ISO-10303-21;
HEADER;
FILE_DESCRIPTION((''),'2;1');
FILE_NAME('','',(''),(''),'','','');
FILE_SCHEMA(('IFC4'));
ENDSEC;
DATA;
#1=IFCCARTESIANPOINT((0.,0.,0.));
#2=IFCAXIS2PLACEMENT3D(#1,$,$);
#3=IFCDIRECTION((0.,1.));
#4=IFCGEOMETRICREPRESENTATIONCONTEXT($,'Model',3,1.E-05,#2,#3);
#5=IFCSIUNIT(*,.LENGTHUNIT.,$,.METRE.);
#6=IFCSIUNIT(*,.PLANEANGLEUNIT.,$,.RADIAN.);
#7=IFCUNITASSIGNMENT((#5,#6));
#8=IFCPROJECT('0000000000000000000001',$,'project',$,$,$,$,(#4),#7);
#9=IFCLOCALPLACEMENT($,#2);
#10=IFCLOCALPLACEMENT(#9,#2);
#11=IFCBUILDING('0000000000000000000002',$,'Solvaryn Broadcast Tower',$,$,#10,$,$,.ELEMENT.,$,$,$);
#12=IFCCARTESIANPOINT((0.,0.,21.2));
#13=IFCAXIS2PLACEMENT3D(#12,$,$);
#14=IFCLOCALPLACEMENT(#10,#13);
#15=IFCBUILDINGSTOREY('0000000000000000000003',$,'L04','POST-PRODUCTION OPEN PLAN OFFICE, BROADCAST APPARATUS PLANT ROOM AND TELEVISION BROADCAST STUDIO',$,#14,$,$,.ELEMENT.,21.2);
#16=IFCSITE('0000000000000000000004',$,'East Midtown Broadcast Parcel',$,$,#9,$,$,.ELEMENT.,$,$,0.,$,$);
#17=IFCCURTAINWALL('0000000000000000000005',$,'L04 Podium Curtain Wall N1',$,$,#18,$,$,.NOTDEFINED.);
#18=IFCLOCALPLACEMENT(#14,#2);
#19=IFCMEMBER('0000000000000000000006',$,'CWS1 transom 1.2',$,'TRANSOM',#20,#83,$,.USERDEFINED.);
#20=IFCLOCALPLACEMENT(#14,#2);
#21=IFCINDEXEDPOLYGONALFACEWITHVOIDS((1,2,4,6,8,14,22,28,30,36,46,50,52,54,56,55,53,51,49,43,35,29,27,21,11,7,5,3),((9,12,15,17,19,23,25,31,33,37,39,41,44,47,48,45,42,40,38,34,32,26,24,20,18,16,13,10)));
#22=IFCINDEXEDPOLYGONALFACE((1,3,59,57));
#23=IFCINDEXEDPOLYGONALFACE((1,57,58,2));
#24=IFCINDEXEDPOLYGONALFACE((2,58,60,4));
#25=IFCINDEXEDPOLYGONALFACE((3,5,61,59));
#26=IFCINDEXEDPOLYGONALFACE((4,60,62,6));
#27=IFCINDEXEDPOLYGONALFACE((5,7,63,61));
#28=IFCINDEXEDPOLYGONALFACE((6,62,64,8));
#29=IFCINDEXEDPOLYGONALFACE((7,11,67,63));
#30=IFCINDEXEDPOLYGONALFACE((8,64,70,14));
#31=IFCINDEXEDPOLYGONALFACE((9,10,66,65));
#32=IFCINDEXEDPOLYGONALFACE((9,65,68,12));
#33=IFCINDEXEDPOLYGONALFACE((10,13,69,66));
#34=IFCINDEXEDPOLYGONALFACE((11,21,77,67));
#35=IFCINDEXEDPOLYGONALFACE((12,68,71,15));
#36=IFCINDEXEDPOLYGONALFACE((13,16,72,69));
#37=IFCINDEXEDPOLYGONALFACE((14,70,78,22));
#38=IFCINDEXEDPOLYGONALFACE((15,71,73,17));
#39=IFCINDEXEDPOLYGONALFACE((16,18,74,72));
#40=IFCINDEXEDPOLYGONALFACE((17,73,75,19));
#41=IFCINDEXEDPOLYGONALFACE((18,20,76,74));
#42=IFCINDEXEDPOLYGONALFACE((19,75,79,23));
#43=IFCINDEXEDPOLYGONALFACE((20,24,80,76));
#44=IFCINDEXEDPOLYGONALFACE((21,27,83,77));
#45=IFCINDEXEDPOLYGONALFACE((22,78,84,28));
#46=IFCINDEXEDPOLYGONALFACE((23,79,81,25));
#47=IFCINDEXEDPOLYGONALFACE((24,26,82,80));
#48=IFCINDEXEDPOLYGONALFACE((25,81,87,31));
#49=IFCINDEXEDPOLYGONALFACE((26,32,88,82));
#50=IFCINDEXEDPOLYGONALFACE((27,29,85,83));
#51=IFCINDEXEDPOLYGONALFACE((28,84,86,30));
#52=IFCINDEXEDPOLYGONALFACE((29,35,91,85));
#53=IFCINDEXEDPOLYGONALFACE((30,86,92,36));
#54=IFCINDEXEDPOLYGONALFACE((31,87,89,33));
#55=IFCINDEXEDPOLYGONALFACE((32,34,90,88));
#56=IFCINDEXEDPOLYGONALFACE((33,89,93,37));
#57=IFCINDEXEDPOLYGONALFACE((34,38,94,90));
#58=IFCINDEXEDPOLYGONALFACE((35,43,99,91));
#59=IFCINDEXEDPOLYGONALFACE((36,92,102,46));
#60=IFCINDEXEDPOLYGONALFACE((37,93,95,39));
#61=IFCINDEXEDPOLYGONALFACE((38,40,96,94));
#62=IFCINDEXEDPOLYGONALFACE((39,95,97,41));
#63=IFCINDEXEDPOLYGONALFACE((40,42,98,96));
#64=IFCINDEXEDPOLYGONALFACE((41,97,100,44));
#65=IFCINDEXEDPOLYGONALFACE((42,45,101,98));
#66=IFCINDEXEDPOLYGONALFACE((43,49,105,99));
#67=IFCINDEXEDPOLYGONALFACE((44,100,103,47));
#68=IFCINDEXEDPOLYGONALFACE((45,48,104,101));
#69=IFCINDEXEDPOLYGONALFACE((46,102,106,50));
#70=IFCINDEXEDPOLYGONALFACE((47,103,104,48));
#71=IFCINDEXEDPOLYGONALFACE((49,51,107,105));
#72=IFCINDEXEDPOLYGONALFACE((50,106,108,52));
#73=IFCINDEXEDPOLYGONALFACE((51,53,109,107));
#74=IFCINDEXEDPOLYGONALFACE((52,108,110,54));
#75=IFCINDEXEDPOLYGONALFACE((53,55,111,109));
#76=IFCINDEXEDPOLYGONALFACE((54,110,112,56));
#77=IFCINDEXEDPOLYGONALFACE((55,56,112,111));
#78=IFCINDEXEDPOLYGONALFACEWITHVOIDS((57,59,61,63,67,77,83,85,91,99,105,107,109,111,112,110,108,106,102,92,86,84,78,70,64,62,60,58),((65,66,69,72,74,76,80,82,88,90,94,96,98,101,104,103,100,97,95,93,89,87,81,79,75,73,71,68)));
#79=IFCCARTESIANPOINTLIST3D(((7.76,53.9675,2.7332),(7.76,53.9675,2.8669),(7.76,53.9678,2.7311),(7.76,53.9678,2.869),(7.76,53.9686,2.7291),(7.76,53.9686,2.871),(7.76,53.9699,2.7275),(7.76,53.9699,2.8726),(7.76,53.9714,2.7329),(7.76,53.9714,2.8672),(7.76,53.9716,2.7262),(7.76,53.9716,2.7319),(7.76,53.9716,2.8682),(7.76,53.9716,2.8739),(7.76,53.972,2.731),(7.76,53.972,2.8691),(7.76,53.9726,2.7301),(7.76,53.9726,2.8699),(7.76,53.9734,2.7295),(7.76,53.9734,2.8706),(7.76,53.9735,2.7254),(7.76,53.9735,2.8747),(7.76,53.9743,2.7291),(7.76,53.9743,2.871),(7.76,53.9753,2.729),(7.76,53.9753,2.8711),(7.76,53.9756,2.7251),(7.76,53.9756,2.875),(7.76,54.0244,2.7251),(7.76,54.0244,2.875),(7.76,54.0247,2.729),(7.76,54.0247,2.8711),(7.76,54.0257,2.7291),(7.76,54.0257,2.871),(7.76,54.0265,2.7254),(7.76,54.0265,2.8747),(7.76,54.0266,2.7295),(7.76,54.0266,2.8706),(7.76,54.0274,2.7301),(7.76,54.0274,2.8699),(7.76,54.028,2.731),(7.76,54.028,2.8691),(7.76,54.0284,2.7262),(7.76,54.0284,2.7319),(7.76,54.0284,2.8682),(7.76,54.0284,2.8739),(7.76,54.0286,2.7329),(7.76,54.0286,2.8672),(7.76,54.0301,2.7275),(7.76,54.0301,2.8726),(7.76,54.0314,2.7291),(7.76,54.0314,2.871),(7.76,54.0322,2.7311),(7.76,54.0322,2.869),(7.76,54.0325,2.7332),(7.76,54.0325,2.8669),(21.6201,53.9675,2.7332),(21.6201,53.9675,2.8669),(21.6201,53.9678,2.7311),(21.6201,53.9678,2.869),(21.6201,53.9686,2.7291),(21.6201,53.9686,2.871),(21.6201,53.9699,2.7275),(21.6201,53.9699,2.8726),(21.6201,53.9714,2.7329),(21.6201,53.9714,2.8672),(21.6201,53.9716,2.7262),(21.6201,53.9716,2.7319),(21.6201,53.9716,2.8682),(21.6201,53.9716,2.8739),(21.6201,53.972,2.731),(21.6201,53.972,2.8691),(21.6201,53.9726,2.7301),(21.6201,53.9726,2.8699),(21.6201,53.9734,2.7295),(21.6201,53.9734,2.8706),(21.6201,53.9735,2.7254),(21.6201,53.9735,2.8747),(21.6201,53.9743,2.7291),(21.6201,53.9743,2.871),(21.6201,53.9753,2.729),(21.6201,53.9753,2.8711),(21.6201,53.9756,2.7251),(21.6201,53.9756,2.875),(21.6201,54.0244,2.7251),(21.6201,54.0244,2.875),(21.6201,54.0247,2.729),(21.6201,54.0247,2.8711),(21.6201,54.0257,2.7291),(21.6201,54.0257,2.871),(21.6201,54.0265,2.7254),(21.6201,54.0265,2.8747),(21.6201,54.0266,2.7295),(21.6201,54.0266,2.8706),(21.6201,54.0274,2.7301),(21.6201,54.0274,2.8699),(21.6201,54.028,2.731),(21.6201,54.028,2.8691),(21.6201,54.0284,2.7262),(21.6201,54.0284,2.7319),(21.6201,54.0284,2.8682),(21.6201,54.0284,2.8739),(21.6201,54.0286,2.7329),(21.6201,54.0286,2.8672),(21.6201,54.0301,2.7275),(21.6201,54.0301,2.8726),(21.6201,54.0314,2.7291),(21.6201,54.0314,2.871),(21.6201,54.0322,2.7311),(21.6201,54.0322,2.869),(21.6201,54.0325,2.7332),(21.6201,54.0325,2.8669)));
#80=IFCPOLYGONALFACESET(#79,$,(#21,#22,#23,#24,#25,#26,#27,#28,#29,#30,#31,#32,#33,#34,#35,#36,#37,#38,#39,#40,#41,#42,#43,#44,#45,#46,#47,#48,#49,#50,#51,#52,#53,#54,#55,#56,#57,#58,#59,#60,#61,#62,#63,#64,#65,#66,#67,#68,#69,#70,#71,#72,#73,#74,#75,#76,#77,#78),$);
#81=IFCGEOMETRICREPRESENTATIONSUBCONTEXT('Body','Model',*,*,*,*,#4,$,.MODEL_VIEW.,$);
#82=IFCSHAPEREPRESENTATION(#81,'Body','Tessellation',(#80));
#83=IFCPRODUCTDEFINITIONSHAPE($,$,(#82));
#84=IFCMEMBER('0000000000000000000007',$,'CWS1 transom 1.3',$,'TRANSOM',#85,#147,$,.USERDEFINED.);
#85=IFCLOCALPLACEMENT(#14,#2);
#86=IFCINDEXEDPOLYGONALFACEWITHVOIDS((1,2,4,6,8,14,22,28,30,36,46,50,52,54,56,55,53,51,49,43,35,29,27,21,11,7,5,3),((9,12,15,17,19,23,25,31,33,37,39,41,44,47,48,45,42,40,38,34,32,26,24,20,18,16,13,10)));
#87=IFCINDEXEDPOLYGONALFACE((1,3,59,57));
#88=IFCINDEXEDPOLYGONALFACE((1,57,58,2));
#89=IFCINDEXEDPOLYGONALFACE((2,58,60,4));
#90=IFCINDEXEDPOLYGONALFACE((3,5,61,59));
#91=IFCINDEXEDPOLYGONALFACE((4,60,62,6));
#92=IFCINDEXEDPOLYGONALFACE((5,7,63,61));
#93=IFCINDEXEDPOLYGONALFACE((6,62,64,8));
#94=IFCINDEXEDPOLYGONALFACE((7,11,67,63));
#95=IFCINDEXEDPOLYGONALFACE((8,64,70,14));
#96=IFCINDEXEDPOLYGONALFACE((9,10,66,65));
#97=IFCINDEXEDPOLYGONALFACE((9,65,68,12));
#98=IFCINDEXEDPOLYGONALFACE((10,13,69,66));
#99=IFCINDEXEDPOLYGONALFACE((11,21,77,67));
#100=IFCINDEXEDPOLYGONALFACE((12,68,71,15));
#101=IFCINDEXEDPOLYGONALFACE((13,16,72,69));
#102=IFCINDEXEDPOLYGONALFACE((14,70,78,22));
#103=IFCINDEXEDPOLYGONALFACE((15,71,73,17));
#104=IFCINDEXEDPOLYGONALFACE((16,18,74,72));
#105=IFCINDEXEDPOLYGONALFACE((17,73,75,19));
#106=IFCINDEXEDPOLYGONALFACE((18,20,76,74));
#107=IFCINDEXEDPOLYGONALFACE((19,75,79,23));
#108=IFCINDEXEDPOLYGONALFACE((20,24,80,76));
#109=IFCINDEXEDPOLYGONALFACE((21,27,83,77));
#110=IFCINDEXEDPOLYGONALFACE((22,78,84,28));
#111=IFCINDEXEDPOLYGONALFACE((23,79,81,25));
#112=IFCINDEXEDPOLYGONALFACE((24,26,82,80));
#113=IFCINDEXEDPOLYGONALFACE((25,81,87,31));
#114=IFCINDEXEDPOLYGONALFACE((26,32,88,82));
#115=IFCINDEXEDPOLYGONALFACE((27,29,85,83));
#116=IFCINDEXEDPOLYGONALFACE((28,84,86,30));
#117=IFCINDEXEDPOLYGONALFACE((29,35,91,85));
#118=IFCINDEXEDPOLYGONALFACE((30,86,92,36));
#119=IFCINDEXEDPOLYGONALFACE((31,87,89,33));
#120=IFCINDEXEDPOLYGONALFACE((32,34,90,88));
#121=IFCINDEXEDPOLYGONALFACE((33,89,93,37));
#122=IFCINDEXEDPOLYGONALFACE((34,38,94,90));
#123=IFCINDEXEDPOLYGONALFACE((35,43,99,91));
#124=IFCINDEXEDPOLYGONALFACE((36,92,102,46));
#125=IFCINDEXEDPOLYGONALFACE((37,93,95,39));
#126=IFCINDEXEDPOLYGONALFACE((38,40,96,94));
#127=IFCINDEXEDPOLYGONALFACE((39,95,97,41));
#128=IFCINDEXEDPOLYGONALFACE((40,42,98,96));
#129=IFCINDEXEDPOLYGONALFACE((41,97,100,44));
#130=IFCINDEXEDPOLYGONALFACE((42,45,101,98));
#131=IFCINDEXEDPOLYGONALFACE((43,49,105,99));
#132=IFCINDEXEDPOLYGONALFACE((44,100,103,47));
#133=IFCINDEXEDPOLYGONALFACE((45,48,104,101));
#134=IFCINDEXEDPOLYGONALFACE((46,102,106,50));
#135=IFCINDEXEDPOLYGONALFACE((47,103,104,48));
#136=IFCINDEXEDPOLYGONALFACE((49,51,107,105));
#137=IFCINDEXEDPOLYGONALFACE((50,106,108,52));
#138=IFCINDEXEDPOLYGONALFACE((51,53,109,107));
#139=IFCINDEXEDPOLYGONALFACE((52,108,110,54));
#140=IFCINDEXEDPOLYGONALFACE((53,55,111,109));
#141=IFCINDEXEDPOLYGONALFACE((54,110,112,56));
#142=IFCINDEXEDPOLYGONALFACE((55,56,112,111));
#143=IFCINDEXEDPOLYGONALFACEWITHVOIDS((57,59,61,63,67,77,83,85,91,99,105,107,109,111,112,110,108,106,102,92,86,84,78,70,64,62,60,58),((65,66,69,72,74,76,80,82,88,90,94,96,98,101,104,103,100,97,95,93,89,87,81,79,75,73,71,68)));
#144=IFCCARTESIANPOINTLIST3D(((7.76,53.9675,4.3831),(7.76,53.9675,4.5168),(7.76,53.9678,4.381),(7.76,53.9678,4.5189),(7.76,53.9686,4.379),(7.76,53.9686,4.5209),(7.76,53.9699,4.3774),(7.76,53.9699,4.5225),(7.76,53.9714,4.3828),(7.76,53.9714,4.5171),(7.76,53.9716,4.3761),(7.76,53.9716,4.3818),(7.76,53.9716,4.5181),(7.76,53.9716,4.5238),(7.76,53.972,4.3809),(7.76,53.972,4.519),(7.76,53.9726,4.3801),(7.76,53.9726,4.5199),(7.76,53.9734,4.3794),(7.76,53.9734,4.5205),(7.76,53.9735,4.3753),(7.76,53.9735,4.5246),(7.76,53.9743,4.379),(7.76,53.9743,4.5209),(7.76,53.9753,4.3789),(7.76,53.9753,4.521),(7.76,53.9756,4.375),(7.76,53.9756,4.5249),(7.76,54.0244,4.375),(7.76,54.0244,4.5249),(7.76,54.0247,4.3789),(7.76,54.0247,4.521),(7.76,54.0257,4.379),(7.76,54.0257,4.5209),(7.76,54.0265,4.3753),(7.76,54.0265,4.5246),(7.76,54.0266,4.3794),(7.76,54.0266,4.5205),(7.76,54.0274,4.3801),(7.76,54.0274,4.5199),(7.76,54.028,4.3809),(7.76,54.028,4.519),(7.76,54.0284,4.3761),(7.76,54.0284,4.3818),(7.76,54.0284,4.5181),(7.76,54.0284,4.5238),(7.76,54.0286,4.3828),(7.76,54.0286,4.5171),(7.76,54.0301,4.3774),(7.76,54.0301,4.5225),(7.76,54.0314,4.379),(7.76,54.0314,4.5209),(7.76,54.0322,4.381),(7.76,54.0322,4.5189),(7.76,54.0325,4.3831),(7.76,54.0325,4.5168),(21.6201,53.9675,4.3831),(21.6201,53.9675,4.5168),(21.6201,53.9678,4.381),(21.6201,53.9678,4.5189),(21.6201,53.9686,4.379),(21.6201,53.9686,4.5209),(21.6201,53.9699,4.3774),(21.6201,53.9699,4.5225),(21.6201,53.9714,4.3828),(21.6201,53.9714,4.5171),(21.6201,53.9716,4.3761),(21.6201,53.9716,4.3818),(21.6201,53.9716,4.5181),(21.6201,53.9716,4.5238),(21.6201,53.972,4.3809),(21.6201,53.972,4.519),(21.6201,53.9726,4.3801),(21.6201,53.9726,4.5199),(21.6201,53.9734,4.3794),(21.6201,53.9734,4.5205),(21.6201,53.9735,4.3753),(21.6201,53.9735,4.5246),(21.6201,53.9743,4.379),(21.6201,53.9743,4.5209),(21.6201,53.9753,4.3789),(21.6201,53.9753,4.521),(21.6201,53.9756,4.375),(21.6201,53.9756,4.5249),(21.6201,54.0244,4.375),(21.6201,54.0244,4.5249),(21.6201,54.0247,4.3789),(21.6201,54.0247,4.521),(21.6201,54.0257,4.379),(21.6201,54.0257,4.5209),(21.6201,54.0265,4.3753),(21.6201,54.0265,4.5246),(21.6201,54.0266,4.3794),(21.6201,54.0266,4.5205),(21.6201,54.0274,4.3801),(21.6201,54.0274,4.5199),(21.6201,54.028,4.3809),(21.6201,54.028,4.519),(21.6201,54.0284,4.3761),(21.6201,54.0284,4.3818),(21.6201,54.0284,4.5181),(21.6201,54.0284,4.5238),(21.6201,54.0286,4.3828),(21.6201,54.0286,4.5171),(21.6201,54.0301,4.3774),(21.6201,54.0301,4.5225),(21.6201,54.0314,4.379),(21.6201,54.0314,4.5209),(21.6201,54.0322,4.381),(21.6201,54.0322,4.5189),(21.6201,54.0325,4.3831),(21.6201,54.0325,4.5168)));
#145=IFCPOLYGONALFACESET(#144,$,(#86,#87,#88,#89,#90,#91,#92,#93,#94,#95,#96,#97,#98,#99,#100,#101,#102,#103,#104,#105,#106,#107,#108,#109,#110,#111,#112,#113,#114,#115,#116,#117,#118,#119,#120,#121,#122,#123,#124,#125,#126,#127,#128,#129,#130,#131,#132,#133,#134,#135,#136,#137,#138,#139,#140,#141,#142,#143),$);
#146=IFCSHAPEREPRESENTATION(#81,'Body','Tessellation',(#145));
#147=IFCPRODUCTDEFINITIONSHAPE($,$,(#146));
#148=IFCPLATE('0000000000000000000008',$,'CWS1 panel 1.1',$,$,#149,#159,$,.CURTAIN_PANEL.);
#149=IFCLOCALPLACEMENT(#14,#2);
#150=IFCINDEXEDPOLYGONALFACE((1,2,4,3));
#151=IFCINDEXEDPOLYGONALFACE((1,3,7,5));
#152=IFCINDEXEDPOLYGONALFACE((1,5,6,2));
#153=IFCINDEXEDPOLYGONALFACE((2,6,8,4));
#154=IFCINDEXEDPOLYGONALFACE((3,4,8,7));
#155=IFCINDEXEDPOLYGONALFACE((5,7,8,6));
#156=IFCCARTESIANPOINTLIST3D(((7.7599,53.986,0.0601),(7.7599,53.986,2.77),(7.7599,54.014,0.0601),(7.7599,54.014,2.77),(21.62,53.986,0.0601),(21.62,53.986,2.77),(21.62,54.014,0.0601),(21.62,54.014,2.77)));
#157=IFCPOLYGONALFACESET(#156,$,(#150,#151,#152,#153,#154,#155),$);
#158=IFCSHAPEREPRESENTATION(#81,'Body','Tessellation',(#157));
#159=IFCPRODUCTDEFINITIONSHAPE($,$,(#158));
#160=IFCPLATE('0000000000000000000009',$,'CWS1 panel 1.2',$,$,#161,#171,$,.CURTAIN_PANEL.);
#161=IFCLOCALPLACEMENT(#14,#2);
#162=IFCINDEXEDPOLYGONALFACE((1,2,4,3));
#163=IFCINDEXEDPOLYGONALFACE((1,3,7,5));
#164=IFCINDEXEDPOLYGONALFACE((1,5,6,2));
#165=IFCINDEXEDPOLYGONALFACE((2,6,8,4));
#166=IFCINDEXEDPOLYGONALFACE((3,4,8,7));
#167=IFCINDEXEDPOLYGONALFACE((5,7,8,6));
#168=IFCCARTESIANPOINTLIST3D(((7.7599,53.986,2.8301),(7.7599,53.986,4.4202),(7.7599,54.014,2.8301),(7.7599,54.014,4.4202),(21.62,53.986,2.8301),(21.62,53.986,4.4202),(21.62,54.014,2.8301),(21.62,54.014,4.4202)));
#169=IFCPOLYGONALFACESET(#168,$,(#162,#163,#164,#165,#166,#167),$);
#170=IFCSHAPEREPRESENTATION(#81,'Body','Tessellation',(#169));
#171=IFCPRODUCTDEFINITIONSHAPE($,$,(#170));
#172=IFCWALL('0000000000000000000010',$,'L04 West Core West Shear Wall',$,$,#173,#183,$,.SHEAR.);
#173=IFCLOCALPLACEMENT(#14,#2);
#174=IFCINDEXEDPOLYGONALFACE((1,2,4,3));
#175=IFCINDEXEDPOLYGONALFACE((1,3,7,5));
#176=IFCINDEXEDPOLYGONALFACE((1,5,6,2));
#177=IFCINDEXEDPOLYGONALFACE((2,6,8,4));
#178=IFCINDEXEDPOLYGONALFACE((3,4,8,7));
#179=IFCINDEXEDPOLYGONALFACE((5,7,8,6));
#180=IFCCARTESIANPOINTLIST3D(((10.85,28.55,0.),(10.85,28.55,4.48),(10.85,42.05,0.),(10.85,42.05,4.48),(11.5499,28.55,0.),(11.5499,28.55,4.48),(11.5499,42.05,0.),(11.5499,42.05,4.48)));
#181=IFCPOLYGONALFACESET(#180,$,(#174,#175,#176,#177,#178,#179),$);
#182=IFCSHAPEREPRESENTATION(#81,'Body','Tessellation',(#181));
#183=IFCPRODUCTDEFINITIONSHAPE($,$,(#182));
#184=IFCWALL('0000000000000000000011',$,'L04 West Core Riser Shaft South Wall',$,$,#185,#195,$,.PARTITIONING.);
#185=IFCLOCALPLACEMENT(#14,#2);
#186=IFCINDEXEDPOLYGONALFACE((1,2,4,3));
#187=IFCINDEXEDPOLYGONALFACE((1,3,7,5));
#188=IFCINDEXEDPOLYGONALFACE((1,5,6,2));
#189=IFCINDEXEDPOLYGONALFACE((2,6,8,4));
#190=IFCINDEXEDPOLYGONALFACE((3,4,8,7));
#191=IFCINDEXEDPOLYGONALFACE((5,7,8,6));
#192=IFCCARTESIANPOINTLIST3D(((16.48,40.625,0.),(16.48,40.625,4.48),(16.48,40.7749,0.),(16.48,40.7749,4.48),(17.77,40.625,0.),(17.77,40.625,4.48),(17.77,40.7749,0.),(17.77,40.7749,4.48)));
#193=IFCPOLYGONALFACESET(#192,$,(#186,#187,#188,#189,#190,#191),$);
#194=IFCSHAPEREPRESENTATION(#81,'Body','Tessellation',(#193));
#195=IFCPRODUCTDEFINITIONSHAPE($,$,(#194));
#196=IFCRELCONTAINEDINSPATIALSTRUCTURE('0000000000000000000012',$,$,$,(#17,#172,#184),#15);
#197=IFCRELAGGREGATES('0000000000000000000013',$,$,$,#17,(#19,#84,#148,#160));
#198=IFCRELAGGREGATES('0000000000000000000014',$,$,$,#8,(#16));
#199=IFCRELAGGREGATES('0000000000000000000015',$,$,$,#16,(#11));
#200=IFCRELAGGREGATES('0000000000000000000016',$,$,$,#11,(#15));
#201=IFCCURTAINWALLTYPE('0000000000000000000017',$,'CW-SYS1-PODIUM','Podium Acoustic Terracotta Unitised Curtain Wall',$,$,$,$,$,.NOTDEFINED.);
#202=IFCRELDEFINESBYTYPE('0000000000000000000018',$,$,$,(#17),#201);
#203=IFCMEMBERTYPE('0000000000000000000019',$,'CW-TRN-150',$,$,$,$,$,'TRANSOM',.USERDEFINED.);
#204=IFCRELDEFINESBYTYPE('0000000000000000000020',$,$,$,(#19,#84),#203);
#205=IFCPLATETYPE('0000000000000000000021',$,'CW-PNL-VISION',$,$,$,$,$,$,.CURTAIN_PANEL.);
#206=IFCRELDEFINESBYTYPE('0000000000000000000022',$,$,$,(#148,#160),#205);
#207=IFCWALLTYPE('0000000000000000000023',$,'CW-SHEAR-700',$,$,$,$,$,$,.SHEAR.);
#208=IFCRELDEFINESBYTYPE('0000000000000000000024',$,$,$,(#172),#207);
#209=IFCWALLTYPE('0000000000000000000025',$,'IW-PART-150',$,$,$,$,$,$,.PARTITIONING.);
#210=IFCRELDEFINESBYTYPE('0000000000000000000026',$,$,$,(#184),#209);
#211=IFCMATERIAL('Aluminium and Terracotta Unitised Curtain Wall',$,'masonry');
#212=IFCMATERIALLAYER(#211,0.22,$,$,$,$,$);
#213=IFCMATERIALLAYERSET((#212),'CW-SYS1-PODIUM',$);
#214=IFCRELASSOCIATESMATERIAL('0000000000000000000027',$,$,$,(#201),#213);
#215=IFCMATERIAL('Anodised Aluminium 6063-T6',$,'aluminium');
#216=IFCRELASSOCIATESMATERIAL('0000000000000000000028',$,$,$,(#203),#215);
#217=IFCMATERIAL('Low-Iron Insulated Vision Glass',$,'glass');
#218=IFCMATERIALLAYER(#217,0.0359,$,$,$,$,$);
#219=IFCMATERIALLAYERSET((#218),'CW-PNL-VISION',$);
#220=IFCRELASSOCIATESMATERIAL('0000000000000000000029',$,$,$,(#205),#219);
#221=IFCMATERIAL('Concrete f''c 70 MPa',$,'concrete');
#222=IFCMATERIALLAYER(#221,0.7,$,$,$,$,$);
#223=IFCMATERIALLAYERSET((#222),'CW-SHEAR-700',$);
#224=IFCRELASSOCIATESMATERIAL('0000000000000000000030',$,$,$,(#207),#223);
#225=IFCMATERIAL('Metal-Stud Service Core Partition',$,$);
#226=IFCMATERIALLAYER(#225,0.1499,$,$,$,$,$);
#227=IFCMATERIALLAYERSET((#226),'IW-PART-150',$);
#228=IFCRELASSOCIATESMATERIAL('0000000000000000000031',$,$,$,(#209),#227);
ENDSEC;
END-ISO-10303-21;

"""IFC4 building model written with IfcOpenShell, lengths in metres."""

from ifc_helpers import new_model, si_unit, direction, frame, frame_2d, origin, origin_2d, place, context, subcontext, project, spatial, rectangle, hollow_rectangle, extrude, material, layer, layer_set, material_profile, profile_set, type_object, element, aggregate, save


model = new_model("IFC4")

# Units and contexts
model_context = context("Model", 3, precision=1e-05, world=origin(), true_north=direction((0.0, 1.0)))
body_context = subcontext(model_context, "Body", "Model", "MODEL_VIEW")
ifc_project = project(units=[si_unit("LENGTHUNIT", "METRE"), si_unit("PLANEANGLEUNIT", "RADIAN")], contexts=[model_context])

# Site, building, storey
site_placement = place(None, origin())
site = spatial("IfcSite", under=ifc_project, at=site_placement, Name="East Midtown Broadcast Parcel", CompositionType="ELEMENT", RefElevation=0.0)
building_placement = place(site_placement, origin())
building = spatial("IfcBuilding", under=site, at=building_placement, Name="Solvaryn Broadcast Tower", CompositionType="ELEMENT")
storey_placement = place(building_placement, frame((0.0, 0.0, 21.2)))
storey = spatial("IfcBuildingStorey", under=building, at=storey_placement, Name="L04", Description="POST-PRODUCTION OPEN PLAN OFFICE, BROADCAST APPARATUS PLANT ROOM AND TELEVISION BROADCAST STUDIO", CompositionType="ELEMENT", Elevation=21.2)

# Curtain wall, members, plates
ifc_material_1 = material(Name="Aluminium and Terracotta Unitised Curtain Wall", Category="masonry")
ifc_layer_1 = layer(ifc_material_1, 0.22)
ifc_layer_set_1 = layer_set([ifc_layer_1], Name="CW-SYS1-PODIUM")
curtain_wall_type = type_object("IfcCurtainWallType", Name="CW-SYS1-PODIUM", Description="Podium Acoustic Terracotta Unitised Curtain Wall", PredefinedType="NOTDEFINED", material=ifc_layer_set_1)
curtain_wall_placement = place(storey_placement, origin())
curtain_wall = element("IfcCurtainWall", 1, at=curtain_wall_placement, inside=storey, type_object=curtain_wall_type, Name="L04 Podium Curtain Wall N1", PredefinedType="NOTDEFINED")
ifc_material_2 = material(Name="Anodised Aluminium 6063-T6", Category="aluminium")
ifc_material_profile_1 = material_profile(ifc_material_2, hollow_rectangle(XDim=0.0649, YDim=0.1499, WallThickness=0.0039, InnerFilletRadius=0.0039, OuterFilletRadius=0.0081, at=origin_2d()))
ifc_profile_set_1 = profile_set([ifc_material_profile_1], Name="Anodised Aluminium 6063-T6")
member_type_1 = type_object("IfcMemberType", Name="CW-TRN-150", ElementType="TRANSOM", PredefinedType="USERDEFINED", material=ifc_profile_set_1)
member_1_placement = place(storey_placement, frame((7.76, 54.0, 2.8), z_axis=(1.0, 0.0, 0.0), x_axis=(0.0, 1.0, 0.0)))
member_1 = element("IfcMember", 2, at=member_1_placement, type_object=member_type_1, Name="CWS1 transom 1.2", ObjectType="TRANSOM", PredefinedType="USERDEFINED", context=body_context, shape_type="SweptSolid", body=[
    extrude(hollow_rectangle(XDim=0.0649, YDim=0.1499, WallThickness=0.0039, InnerFilletRadius=0.0039, OuterFilletRadius=0.0081, at=origin_2d()), origin(), (0.0, 0.0, 1.0), 13.8601),
])
member_2_placement = place(storey_placement, frame((7.76, 54.0, 4.45), z_axis=(1.0, 0.0, 0.0), x_axis=(0.0, 1.0, 0.0)))
member_2 = element("IfcMember", 3, at=member_2_placement, type_object=member_type_1, Name="CWS1 transom 1.3", ObjectType="TRANSOM", PredefinedType="USERDEFINED", context=body_context, shape_type="SweptSolid", body=[
    extrude(hollow_rectangle(XDim=0.0649, YDim=0.1499, WallThickness=0.0039, InnerFilletRadius=0.0039, OuterFilletRadius=0.0081, at=origin_2d()), origin(), (0.0, 0.0, 1.0), 13.8601),
])
ifc_material_3 = material(Name="Low-Iron Insulated Vision Glass", Category="glass")
ifc_layer_2 = layer(ifc_material_3, 0.0359)
ifc_layer_set_2 = layer_set([ifc_layer_2], Name="CW-PNL-VISION")
plate_type = type_object("IfcPlateType", Name="CW-PNL-VISION", PredefinedType="CURTAIN_PANEL", material=ifc_layer_set_2)
plate_1_placement = place(storey_placement, frame((14.6899, 54.0, 0.0601), z_axis=(0.0, 0.0, 1.0), x_axis=(1.0, 0.0, 0.0)))
plate_1 = element("IfcPlate", 4, at=plate_1_placement, type_object=plate_type, Name="CWS1 panel 1.1", PredefinedType="CURTAIN_PANEL", context=body_context, shape_type="SweptSolid", body=[
    extrude(rectangle(XDim=13.8601, YDim=0.0281, at=origin_2d()), origin(), (0.0, 0.0, 1.0), 2.71),
])
plate_2_placement = place(storey_placement, frame((14.6899, 54.0, 2.8301), z_axis=(0.0, 0.0, 1.0), x_axis=(1.0, 0.0, 0.0)))
plate_2 = element("IfcPlate", 5, at=plate_2_placement, type_object=plate_type, Name="CWS1 panel 1.2", PredefinedType="CURTAIN_PANEL", context=body_context, shape_type="SweptSolid", body=[
    extrude(rectangle(XDim=13.8601, YDim=0.0281, at=origin_2d()), origin(), (0.0, 0.0, 1.0), 1.5901),
])
aggregate(curtain_wall, [member_1, member_2, plate_1, plate_2])

# Walls
ifc_material_4 = material(Name="Concrete f'c 70 MPa", Category="concrete")
ifc_layer_3 = layer(ifc_material_4, 0.7)
ifc_layer_set_3 = layer_set([ifc_layer_3], Name="CW-SHEAR-700")
wall_type_1 = type_object("IfcWallType", Name="CW-SHEAR-700", PredefinedType="SHEAR", material=ifc_layer_set_3)
wall_1_placement = place(storey_placement, frame((11.2, 42.05, 0.0), z_axis=(0.0, 0.0, 1.0), x_axis=(0.0, -1.0, 0.0)))
element("IfcWall", 6, at=wall_1_placement, inside=storey, type_object=wall_type_1, Name="L04 West Core West Shear Wall", PredefinedType="SHEAR", context=body_context, shape_type="SweptSolid", body=[
    extrude(rectangle(XDim=13.5, YDim=0.7, at=frame_2d((6.75, 0.0))), origin(), (0.0, 0.0, 1.0), 4.48),
])
ifc_material_5 = material(Name="Metal-Stud Service Core Partition")
ifc_layer_4 = layer(ifc_material_5, 0.1499)
ifc_layer_set_4 = layer_set([ifc_layer_4], Name="IW-PART-150")
wall_type_2 = type_object("IfcWallType", Name="IW-PART-150", PredefinedType="PARTITIONING", material=ifc_layer_set_4)
wall_2_placement = place(storey_placement, frame((16.48, 40.7, 0.0), z_axis=(0.0, 0.0, 1.0), x_axis=(1.0, 0.0, 0.0)))
element("IfcWall", 7, at=wall_2_placement, inside=storey, type_object=wall_type_2, Name="L04 West Core Riser Shaft South Wall", PredefinedType="PARTITIONING", context=body_context, shape_type="SweptSolid", body=[
    extrude(rectangle(XDim=1.29, YDim=0.1499, at=frame_2d((0.645, 0.0))), origin(), (0.0, 0.0, 1.0), 4.48),
])

save(model, "model.ifc")
